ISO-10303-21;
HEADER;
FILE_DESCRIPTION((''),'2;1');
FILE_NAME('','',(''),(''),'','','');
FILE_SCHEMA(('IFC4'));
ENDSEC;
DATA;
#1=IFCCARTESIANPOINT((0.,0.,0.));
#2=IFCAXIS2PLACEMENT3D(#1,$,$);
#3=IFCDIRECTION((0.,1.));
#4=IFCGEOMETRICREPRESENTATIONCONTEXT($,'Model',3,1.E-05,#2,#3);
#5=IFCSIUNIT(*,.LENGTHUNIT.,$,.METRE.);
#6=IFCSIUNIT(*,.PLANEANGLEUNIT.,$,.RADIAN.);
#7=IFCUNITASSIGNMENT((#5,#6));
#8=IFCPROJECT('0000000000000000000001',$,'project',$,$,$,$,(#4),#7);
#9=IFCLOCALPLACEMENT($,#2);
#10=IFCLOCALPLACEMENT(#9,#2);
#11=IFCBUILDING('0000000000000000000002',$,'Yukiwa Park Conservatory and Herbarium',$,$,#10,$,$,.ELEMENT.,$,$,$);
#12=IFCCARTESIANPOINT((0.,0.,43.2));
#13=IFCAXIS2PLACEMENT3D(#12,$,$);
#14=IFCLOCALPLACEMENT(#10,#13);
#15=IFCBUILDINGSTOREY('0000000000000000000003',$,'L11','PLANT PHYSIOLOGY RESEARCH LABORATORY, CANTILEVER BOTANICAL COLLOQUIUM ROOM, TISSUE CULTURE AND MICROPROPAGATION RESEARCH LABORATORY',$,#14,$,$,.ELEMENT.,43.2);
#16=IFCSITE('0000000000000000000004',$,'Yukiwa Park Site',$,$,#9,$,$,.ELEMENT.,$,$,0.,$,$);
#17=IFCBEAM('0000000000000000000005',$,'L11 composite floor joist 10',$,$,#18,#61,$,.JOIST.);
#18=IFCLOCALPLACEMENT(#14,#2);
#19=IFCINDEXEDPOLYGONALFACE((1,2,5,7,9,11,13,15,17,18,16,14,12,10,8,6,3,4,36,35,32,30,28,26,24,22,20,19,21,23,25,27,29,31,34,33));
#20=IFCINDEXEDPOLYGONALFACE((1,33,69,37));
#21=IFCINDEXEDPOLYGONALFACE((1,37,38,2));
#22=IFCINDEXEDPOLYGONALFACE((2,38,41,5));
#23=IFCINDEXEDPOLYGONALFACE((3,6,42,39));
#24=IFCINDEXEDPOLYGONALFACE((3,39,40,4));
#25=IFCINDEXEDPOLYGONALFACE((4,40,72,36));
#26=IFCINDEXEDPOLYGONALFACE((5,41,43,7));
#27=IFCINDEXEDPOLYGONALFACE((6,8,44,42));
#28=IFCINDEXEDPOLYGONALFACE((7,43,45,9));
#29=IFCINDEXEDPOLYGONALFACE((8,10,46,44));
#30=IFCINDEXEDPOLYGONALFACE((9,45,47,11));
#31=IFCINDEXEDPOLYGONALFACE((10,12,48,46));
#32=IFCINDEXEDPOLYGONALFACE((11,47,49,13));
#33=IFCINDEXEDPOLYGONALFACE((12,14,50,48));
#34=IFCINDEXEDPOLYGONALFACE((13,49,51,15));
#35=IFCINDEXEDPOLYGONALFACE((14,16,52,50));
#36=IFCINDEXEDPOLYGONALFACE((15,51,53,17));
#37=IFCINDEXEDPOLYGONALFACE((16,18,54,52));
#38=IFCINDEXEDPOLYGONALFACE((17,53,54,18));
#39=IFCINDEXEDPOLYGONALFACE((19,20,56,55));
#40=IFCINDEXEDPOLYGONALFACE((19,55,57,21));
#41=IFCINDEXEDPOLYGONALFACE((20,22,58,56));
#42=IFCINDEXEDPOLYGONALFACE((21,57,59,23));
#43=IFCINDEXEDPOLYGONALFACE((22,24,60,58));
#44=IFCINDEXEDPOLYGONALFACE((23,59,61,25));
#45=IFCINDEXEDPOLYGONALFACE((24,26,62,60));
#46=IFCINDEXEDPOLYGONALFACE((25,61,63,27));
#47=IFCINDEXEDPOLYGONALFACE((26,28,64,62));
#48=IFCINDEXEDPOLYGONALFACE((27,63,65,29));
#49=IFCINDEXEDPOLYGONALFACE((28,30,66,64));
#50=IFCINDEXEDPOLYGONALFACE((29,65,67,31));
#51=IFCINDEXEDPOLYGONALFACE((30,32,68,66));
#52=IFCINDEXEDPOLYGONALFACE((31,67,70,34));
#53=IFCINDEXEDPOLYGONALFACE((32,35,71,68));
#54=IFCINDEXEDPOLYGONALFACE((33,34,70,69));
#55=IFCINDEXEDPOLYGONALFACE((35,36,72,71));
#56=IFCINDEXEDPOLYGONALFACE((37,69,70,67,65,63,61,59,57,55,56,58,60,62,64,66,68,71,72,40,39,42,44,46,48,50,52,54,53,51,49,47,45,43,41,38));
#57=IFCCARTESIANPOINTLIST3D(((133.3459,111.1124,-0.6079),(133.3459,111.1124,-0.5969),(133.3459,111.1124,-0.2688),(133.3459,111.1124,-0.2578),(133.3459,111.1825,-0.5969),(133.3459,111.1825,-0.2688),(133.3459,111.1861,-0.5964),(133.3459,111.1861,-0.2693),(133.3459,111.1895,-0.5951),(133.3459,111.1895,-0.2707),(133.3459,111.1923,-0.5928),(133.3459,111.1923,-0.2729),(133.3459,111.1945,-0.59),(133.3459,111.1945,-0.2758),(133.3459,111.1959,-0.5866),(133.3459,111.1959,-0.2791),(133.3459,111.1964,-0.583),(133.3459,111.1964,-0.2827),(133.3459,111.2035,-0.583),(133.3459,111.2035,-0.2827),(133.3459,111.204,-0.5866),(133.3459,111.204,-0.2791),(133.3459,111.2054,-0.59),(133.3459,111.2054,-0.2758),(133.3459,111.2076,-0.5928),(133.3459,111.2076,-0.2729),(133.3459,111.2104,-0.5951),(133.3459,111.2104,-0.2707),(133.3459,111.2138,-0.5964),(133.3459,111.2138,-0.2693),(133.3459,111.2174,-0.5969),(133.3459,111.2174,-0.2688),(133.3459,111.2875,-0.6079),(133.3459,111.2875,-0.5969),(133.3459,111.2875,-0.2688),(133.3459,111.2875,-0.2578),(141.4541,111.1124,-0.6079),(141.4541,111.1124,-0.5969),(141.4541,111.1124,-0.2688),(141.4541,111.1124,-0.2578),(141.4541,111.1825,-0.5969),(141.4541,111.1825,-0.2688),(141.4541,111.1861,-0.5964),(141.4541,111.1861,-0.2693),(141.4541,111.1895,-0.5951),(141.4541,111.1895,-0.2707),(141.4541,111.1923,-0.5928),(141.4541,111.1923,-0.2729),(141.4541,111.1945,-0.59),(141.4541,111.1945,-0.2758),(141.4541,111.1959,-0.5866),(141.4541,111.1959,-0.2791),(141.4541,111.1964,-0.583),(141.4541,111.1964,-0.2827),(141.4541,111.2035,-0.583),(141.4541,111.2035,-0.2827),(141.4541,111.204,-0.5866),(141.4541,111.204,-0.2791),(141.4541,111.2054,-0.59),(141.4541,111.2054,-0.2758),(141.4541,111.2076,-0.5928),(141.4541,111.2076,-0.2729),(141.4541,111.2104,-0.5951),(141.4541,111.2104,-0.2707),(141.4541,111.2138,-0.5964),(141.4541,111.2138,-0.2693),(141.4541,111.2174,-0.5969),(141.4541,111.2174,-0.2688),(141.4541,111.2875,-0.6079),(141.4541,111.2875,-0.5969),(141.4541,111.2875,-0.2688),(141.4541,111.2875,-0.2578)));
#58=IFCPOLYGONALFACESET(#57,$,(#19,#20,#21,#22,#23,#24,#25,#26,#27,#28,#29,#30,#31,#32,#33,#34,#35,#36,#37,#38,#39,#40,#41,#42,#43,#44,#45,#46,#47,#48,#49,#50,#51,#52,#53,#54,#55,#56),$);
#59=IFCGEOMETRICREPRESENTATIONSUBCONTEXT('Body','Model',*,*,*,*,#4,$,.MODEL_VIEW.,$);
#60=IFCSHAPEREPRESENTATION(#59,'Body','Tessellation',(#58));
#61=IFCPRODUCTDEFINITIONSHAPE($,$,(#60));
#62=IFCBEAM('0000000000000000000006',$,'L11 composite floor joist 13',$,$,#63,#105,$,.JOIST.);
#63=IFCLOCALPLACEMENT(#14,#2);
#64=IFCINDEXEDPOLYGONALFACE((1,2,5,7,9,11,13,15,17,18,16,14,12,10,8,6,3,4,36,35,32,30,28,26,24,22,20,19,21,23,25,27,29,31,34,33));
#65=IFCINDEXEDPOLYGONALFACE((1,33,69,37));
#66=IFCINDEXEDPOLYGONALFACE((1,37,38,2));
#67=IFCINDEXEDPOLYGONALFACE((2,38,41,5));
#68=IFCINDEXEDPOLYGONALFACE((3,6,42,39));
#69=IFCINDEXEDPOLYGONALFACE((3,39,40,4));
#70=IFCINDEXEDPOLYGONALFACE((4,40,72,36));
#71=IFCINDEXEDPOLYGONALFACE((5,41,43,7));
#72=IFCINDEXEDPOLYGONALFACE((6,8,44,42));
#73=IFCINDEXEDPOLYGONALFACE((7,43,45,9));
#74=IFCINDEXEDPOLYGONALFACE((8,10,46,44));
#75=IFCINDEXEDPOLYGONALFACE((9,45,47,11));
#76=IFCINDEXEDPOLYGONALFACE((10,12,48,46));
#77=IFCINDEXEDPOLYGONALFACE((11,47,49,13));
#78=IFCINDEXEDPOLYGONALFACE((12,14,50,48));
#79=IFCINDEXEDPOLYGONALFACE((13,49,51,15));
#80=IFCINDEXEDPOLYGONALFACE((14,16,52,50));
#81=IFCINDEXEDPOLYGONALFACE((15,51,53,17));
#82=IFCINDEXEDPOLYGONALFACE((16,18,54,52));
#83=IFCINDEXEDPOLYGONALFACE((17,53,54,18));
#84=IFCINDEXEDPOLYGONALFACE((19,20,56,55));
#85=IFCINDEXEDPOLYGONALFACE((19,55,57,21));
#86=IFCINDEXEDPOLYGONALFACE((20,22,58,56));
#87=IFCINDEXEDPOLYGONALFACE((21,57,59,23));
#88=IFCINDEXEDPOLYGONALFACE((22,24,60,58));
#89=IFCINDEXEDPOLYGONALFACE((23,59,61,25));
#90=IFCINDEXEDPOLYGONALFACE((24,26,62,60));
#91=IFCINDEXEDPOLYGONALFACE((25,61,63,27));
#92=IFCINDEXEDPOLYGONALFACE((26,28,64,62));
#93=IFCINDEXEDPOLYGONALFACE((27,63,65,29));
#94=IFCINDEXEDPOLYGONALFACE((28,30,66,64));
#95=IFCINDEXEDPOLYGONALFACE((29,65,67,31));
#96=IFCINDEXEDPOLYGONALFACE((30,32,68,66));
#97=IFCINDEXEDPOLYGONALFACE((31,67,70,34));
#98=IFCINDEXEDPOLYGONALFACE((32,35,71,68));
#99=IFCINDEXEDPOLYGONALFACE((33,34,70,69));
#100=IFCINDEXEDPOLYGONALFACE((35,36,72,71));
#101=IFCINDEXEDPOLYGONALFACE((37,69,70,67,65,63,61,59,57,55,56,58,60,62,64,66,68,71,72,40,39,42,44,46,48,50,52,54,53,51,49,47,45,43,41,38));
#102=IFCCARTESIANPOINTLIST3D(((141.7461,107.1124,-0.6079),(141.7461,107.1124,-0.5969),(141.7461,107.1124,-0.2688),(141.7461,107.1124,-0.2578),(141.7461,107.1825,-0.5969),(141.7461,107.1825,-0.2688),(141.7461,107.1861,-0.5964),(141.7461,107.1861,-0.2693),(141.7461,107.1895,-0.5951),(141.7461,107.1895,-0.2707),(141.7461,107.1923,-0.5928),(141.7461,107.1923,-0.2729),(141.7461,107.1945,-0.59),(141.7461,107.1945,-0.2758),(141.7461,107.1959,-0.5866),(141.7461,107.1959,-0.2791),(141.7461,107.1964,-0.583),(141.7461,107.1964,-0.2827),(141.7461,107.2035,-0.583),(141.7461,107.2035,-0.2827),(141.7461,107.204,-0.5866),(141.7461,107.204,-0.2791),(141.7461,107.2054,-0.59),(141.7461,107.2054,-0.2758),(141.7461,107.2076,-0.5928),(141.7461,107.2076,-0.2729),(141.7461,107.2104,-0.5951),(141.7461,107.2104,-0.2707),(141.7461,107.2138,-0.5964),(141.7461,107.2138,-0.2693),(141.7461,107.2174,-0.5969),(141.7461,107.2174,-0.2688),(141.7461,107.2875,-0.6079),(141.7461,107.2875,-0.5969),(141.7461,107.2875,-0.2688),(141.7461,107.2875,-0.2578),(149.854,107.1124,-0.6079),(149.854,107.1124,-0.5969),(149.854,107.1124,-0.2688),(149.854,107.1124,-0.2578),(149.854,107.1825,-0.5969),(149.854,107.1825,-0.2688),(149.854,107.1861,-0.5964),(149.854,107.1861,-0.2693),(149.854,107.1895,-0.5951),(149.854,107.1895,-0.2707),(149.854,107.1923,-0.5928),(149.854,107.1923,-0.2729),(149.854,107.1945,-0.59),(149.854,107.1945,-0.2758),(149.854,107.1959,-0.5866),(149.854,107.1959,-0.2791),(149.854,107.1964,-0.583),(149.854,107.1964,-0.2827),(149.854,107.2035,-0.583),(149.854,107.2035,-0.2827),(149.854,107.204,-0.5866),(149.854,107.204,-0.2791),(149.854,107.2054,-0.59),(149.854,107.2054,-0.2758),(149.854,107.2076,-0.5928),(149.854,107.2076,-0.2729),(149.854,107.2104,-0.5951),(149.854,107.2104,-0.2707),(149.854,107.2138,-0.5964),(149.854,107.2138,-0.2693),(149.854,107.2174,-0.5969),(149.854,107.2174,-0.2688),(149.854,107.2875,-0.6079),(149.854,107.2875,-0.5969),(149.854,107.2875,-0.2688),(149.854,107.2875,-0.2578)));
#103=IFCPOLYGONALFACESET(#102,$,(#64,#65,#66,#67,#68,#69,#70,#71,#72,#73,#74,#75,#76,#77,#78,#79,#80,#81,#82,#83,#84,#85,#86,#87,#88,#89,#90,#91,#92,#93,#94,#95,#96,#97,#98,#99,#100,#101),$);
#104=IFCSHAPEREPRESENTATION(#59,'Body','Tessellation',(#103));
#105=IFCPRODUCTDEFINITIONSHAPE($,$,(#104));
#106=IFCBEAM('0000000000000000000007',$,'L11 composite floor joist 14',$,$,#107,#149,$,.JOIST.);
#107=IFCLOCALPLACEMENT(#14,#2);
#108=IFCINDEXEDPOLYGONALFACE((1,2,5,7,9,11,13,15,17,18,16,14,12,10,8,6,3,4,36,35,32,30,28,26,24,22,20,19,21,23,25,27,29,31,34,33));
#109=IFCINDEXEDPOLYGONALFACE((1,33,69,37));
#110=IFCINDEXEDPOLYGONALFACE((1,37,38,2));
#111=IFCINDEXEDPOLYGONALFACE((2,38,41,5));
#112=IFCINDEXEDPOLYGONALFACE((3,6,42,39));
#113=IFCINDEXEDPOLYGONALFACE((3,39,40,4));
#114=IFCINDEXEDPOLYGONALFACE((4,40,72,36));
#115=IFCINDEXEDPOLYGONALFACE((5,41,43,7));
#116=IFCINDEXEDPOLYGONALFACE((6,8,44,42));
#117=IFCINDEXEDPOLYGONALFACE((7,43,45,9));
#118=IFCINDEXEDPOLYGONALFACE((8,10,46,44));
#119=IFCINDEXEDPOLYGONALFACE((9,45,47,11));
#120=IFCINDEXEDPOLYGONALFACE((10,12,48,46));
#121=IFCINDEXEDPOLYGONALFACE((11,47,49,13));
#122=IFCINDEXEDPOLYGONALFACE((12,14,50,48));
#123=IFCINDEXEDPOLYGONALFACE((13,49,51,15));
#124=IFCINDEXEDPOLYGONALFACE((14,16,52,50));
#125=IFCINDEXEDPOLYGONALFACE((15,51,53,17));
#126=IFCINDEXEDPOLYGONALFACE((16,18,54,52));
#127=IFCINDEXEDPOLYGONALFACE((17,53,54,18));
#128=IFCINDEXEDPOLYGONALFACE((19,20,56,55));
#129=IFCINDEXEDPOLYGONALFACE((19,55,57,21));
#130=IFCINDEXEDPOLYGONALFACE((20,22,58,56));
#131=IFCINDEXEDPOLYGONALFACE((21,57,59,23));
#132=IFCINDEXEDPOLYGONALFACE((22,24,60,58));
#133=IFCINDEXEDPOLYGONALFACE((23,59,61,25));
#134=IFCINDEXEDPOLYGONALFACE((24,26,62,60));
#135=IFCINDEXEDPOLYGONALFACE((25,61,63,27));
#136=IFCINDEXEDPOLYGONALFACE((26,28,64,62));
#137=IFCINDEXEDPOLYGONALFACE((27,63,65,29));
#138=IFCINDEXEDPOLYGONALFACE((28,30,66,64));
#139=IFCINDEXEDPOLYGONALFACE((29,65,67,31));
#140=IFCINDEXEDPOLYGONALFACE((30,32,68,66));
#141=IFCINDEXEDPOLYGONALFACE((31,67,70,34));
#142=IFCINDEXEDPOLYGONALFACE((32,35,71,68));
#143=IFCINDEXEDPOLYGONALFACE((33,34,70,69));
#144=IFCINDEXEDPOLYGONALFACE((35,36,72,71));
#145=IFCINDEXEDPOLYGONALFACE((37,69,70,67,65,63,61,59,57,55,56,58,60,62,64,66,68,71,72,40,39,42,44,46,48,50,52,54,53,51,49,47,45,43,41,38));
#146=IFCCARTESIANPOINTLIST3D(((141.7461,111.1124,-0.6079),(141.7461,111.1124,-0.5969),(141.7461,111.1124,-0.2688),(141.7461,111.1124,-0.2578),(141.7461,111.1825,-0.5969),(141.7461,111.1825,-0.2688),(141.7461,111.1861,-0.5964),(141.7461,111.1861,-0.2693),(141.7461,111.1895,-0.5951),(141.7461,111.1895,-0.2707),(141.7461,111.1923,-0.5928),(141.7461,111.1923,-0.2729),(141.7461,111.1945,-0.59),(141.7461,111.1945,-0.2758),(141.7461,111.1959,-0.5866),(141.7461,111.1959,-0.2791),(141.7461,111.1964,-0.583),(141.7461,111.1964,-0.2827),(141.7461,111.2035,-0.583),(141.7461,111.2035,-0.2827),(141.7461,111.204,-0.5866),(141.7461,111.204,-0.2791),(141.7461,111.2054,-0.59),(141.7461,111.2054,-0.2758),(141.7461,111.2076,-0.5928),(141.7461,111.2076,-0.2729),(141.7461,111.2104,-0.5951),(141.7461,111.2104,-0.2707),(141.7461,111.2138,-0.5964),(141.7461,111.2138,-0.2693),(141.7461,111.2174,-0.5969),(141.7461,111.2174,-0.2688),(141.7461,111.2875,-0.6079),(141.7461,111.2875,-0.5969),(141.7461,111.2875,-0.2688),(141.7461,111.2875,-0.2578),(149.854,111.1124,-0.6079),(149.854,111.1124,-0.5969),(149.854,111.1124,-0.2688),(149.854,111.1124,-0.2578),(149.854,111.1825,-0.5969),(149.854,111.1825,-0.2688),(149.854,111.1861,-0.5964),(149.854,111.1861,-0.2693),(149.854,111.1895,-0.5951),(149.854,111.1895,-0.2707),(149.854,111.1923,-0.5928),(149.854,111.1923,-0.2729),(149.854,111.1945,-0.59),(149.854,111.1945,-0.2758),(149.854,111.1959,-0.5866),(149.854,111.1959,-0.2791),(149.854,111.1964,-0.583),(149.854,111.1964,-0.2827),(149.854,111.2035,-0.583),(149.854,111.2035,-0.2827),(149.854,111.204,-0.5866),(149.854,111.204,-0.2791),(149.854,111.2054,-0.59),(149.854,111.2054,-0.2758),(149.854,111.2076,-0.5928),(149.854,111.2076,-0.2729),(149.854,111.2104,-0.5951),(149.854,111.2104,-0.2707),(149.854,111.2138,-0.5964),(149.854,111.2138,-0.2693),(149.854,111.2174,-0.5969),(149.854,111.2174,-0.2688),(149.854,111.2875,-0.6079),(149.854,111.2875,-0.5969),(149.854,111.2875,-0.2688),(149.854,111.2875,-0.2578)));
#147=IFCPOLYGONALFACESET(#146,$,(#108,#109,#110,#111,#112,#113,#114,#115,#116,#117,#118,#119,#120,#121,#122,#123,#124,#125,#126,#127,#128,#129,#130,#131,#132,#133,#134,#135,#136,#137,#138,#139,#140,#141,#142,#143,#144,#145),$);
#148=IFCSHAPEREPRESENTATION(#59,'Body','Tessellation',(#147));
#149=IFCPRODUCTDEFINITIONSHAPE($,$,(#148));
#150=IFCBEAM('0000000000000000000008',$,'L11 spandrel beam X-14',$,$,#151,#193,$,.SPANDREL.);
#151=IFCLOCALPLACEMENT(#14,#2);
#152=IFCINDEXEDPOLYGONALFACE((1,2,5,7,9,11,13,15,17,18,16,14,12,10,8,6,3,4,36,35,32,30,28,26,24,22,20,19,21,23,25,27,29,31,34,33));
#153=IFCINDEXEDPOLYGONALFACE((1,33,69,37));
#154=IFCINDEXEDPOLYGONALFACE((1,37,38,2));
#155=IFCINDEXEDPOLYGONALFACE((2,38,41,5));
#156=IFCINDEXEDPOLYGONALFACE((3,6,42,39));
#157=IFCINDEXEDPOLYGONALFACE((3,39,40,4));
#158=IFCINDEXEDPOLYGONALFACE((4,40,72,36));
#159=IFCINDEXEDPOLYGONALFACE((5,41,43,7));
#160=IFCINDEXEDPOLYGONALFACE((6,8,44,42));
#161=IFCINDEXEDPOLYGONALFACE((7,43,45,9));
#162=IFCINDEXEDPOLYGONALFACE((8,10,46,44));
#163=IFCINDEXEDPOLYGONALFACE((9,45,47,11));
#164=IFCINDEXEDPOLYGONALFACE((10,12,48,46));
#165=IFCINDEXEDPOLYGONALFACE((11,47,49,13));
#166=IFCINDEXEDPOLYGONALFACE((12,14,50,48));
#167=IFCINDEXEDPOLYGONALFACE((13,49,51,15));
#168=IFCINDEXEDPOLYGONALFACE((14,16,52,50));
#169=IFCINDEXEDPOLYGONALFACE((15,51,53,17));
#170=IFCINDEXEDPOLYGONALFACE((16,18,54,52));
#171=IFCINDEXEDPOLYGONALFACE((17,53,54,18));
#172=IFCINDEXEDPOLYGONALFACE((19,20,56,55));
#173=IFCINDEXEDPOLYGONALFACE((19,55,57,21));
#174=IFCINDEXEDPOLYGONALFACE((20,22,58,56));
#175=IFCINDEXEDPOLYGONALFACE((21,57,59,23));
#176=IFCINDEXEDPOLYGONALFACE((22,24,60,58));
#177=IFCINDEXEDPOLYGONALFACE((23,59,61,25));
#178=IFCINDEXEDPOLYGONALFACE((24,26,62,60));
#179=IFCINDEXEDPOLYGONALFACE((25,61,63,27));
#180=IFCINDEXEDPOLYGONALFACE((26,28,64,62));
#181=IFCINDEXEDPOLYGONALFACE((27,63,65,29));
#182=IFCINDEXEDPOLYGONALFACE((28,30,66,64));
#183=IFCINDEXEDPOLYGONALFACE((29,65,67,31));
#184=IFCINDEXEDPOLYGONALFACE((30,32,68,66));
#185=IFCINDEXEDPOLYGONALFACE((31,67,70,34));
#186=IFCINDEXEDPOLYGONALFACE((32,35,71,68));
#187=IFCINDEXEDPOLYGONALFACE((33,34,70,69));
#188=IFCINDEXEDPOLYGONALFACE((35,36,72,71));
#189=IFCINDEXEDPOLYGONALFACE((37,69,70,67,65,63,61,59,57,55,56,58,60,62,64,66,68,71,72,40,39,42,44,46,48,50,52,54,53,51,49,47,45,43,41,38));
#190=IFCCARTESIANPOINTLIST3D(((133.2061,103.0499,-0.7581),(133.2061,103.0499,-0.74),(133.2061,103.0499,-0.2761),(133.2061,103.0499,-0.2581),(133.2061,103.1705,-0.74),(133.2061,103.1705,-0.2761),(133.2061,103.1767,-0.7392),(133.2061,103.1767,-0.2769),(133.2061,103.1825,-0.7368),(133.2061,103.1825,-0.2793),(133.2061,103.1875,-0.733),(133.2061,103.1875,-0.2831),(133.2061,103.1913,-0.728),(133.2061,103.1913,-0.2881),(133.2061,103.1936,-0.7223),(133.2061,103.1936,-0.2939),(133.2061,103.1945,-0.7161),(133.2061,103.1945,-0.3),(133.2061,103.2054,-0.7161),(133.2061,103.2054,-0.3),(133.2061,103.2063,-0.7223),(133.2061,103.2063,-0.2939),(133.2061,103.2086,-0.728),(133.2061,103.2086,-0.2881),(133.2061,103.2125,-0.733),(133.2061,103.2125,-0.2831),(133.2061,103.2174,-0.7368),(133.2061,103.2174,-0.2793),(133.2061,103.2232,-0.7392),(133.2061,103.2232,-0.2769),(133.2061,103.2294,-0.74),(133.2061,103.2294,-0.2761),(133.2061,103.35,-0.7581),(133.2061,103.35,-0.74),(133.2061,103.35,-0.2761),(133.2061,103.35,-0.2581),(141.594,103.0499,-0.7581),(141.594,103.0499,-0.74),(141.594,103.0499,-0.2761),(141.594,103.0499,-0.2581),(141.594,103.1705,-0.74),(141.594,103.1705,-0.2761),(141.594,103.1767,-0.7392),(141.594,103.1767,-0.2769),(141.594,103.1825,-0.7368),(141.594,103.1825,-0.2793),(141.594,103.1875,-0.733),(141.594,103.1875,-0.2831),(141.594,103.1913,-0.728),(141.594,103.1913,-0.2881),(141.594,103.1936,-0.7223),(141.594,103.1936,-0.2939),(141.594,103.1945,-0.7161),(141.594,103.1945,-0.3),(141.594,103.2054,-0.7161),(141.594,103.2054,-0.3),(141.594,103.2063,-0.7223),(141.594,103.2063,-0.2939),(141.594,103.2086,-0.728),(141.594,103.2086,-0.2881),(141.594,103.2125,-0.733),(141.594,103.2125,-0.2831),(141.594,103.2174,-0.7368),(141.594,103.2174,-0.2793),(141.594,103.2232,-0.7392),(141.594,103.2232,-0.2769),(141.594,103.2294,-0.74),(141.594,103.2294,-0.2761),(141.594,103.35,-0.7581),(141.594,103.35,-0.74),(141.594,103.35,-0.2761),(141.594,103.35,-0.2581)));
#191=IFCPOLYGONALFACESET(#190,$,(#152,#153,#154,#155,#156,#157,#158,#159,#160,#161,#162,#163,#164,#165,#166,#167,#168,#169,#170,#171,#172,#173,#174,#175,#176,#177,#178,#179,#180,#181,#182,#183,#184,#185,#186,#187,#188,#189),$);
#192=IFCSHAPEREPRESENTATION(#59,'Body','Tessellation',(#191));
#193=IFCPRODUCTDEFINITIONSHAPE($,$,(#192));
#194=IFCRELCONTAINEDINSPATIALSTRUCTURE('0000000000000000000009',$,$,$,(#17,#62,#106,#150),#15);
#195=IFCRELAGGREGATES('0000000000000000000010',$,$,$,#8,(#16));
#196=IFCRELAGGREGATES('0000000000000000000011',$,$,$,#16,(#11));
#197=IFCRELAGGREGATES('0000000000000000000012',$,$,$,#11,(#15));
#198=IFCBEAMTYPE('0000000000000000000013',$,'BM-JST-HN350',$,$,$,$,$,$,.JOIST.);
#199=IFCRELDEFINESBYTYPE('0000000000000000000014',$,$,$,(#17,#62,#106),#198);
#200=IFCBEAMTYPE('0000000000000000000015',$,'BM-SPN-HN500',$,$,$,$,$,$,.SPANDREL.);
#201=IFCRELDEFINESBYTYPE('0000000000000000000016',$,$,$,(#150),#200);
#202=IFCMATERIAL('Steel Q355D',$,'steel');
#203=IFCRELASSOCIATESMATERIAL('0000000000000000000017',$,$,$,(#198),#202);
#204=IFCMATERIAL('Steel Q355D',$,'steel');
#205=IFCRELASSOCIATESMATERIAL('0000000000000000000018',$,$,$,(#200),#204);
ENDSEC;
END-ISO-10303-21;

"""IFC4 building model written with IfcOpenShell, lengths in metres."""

from ifc_helpers import new_model, si_unit, direction, frame, origin, origin_2d, place, context, subcontext, project, spatial, i_section, extrude, material, material_profile, profile_set, type_object, element, save


model = new_model("IFC4")

# Units and contexts
model_context = context("Model", 3, precision=1e-05, world=origin(), true_north=direction((0.0, 1.0)))
body_context = subcontext(model_context, "Body", "Model", "MODEL_VIEW")
ifc_project = project(units=[si_unit("LENGTHUNIT", "METRE"), si_unit("PLANEANGLEUNIT", "RADIAN")], contexts=[model_context])

# Site, building, storey
site_placement = place(None, origin())
site = spatial("IfcSite", under=ifc_project, at=site_placement, Name="Yukiwa Park Site", CompositionType="ELEMENT", RefElevation=0.0)
building_placement = place(site_placement, origin())
building = spatial("IfcBuilding", under=site, at=building_placement, Name="Yukiwa Park Conservatory and Herbarium", CompositionType="ELEMENT")
storey_placement = place(building_placement, frame((0.0, 0.0, 43.2)))
storey = spatial("IfcBuildingStorey", under=building, at=storey_placement, Name="L11", Description="PLANT PHYSIOLOGY RESEARCH LABORATORY, CANTILEVER BOTANICAL COLLOQUIUM ROOM, TISSUE CULTURE AND MICROPROPAGATION RESEARCH LABORATORY", CompositionType="ELEMENT", Elevation=43.2)

# Beams
ifc_material_1 = material(Name="Steel Q355D", Category="steel")
ifc_material_profile_1 = material_profile(ifc_material_1, i_section(OverallWidth=0.175, OverallDepth=0.3501, WebThickness=0.0071, FlangeThickness=0.011, FilletRadius=0.0139, at=origin_2d()), Name="HN 350x175x7x11")
ifc_profile_set_1 = profile_set([ifc_material_profile_1], Name="Steel Q355D")
beam_type_1 = type_object("IfcBeamType", Name="BM-JST-HN350", PredefinedType="JOIST", material=ifc_profile_set_1)
for number, where, z_axis, x_axis, name in (
    (1, (133.3459, 111.2, -0.4329), (1.0, 0.0, 0.0), (0.0, 1.0, 0.0), "L11 composite floor joist 10"),
):
    element("IfcBeam", number, at=place(storey_placement, frame(where, z_axis=z_axis, x_axis=x_axis)), inside=storey, type_object=beam_type_1, Name=name, PredefinedType="JOIST", context=body_context, shape_type="SweptSolid", body=[
        extrude(i_section(OverallWidth=0.175, OverallDepth=0.3501, WebThickness=0.0071, FlangeThickness=0.011, FilletRadius=0.0139, at=origin_2d()), origin(), (0.0, 0.0, 1.0), 8.1082),
    ])
for number, where, z_axis, x_axis, name in (
    (2, (141.7461, 107.2, -0.4329), (1.0, 0.0, 0.0), (0.0, 1.0, 0.0), "L11 composite floor joist 13"),
    (3, (141.7461, 111.2, -0.4329), (1.0, 0.0, 0.0), (0.0, 1.0, 0.0), "L11 composite floor joist 14"),
):
    element("IfcBeam", number, at=place(storey_placement, frame(where, z_axis=z_axis, x_axis=x_axis)), inside=storey, type_object=beam_type_1, Name=name, PredefinedType="JOIST", context=body_context, shape_type="SweptSolid", body=[
        extrude(i_section(OverallWidth=0.175, OverallDepth=0.3501, WebThickness=0.0071, FlangeThickness=0.011, FilletRadius=0.0139, at=origin_2d()), origin(), (0.0, 0.0, 1.0), 8.1079),
    ])
ifc_material_2 = material(Name="Steel Q355D", Category="steel")
ifc_material_profile_2 = material_profile(ifc_material_2, i_section(OverallWidth=0.3, OverallDepth=0.5, WebThickness=0.011, FlangeThickness=0.0181, FilletRadius=0.0239, at=origin_2d()), Name="HM 500x300x11x18")
ifc_profile_set_2 = profile_set([ifc_material_profile_2], Name="Steel Q355D")
beam_type_2 = type_object("IfcBeamType", Name="BM-SPN-HN500", PredefinedType="SPANDREL", material=ifc_profile_set_2)
for number, where, z_axis, x_axis, name in (
    (4, (133.2061, 103.2, -0.5081), (1.0, 0.0, 0.0), (0.0, 1.0, 0.0), "L11 spandrel beam X-14"),
):
    element("IfcBeam", number, at=place(storey_placement, frame(where, z_axis=z_axis, x_axis=x_axis)), inside=storey, type_object=beam_type_2, Name=name, PredefinedType="SPANDREL", context=body_context, shape_type="SweptSolid", body=[
        extrude(i_section(OverallWidth=0.3, OverallDepth=0.5, WebThickness=0.011, FlangeThickness=0.0181, FilletRadius=0.0239, at=origin_2d()), origin(), (0.0, 0.0, 1.0), 8.3879),
    ])

save(model, "model.ifc")
